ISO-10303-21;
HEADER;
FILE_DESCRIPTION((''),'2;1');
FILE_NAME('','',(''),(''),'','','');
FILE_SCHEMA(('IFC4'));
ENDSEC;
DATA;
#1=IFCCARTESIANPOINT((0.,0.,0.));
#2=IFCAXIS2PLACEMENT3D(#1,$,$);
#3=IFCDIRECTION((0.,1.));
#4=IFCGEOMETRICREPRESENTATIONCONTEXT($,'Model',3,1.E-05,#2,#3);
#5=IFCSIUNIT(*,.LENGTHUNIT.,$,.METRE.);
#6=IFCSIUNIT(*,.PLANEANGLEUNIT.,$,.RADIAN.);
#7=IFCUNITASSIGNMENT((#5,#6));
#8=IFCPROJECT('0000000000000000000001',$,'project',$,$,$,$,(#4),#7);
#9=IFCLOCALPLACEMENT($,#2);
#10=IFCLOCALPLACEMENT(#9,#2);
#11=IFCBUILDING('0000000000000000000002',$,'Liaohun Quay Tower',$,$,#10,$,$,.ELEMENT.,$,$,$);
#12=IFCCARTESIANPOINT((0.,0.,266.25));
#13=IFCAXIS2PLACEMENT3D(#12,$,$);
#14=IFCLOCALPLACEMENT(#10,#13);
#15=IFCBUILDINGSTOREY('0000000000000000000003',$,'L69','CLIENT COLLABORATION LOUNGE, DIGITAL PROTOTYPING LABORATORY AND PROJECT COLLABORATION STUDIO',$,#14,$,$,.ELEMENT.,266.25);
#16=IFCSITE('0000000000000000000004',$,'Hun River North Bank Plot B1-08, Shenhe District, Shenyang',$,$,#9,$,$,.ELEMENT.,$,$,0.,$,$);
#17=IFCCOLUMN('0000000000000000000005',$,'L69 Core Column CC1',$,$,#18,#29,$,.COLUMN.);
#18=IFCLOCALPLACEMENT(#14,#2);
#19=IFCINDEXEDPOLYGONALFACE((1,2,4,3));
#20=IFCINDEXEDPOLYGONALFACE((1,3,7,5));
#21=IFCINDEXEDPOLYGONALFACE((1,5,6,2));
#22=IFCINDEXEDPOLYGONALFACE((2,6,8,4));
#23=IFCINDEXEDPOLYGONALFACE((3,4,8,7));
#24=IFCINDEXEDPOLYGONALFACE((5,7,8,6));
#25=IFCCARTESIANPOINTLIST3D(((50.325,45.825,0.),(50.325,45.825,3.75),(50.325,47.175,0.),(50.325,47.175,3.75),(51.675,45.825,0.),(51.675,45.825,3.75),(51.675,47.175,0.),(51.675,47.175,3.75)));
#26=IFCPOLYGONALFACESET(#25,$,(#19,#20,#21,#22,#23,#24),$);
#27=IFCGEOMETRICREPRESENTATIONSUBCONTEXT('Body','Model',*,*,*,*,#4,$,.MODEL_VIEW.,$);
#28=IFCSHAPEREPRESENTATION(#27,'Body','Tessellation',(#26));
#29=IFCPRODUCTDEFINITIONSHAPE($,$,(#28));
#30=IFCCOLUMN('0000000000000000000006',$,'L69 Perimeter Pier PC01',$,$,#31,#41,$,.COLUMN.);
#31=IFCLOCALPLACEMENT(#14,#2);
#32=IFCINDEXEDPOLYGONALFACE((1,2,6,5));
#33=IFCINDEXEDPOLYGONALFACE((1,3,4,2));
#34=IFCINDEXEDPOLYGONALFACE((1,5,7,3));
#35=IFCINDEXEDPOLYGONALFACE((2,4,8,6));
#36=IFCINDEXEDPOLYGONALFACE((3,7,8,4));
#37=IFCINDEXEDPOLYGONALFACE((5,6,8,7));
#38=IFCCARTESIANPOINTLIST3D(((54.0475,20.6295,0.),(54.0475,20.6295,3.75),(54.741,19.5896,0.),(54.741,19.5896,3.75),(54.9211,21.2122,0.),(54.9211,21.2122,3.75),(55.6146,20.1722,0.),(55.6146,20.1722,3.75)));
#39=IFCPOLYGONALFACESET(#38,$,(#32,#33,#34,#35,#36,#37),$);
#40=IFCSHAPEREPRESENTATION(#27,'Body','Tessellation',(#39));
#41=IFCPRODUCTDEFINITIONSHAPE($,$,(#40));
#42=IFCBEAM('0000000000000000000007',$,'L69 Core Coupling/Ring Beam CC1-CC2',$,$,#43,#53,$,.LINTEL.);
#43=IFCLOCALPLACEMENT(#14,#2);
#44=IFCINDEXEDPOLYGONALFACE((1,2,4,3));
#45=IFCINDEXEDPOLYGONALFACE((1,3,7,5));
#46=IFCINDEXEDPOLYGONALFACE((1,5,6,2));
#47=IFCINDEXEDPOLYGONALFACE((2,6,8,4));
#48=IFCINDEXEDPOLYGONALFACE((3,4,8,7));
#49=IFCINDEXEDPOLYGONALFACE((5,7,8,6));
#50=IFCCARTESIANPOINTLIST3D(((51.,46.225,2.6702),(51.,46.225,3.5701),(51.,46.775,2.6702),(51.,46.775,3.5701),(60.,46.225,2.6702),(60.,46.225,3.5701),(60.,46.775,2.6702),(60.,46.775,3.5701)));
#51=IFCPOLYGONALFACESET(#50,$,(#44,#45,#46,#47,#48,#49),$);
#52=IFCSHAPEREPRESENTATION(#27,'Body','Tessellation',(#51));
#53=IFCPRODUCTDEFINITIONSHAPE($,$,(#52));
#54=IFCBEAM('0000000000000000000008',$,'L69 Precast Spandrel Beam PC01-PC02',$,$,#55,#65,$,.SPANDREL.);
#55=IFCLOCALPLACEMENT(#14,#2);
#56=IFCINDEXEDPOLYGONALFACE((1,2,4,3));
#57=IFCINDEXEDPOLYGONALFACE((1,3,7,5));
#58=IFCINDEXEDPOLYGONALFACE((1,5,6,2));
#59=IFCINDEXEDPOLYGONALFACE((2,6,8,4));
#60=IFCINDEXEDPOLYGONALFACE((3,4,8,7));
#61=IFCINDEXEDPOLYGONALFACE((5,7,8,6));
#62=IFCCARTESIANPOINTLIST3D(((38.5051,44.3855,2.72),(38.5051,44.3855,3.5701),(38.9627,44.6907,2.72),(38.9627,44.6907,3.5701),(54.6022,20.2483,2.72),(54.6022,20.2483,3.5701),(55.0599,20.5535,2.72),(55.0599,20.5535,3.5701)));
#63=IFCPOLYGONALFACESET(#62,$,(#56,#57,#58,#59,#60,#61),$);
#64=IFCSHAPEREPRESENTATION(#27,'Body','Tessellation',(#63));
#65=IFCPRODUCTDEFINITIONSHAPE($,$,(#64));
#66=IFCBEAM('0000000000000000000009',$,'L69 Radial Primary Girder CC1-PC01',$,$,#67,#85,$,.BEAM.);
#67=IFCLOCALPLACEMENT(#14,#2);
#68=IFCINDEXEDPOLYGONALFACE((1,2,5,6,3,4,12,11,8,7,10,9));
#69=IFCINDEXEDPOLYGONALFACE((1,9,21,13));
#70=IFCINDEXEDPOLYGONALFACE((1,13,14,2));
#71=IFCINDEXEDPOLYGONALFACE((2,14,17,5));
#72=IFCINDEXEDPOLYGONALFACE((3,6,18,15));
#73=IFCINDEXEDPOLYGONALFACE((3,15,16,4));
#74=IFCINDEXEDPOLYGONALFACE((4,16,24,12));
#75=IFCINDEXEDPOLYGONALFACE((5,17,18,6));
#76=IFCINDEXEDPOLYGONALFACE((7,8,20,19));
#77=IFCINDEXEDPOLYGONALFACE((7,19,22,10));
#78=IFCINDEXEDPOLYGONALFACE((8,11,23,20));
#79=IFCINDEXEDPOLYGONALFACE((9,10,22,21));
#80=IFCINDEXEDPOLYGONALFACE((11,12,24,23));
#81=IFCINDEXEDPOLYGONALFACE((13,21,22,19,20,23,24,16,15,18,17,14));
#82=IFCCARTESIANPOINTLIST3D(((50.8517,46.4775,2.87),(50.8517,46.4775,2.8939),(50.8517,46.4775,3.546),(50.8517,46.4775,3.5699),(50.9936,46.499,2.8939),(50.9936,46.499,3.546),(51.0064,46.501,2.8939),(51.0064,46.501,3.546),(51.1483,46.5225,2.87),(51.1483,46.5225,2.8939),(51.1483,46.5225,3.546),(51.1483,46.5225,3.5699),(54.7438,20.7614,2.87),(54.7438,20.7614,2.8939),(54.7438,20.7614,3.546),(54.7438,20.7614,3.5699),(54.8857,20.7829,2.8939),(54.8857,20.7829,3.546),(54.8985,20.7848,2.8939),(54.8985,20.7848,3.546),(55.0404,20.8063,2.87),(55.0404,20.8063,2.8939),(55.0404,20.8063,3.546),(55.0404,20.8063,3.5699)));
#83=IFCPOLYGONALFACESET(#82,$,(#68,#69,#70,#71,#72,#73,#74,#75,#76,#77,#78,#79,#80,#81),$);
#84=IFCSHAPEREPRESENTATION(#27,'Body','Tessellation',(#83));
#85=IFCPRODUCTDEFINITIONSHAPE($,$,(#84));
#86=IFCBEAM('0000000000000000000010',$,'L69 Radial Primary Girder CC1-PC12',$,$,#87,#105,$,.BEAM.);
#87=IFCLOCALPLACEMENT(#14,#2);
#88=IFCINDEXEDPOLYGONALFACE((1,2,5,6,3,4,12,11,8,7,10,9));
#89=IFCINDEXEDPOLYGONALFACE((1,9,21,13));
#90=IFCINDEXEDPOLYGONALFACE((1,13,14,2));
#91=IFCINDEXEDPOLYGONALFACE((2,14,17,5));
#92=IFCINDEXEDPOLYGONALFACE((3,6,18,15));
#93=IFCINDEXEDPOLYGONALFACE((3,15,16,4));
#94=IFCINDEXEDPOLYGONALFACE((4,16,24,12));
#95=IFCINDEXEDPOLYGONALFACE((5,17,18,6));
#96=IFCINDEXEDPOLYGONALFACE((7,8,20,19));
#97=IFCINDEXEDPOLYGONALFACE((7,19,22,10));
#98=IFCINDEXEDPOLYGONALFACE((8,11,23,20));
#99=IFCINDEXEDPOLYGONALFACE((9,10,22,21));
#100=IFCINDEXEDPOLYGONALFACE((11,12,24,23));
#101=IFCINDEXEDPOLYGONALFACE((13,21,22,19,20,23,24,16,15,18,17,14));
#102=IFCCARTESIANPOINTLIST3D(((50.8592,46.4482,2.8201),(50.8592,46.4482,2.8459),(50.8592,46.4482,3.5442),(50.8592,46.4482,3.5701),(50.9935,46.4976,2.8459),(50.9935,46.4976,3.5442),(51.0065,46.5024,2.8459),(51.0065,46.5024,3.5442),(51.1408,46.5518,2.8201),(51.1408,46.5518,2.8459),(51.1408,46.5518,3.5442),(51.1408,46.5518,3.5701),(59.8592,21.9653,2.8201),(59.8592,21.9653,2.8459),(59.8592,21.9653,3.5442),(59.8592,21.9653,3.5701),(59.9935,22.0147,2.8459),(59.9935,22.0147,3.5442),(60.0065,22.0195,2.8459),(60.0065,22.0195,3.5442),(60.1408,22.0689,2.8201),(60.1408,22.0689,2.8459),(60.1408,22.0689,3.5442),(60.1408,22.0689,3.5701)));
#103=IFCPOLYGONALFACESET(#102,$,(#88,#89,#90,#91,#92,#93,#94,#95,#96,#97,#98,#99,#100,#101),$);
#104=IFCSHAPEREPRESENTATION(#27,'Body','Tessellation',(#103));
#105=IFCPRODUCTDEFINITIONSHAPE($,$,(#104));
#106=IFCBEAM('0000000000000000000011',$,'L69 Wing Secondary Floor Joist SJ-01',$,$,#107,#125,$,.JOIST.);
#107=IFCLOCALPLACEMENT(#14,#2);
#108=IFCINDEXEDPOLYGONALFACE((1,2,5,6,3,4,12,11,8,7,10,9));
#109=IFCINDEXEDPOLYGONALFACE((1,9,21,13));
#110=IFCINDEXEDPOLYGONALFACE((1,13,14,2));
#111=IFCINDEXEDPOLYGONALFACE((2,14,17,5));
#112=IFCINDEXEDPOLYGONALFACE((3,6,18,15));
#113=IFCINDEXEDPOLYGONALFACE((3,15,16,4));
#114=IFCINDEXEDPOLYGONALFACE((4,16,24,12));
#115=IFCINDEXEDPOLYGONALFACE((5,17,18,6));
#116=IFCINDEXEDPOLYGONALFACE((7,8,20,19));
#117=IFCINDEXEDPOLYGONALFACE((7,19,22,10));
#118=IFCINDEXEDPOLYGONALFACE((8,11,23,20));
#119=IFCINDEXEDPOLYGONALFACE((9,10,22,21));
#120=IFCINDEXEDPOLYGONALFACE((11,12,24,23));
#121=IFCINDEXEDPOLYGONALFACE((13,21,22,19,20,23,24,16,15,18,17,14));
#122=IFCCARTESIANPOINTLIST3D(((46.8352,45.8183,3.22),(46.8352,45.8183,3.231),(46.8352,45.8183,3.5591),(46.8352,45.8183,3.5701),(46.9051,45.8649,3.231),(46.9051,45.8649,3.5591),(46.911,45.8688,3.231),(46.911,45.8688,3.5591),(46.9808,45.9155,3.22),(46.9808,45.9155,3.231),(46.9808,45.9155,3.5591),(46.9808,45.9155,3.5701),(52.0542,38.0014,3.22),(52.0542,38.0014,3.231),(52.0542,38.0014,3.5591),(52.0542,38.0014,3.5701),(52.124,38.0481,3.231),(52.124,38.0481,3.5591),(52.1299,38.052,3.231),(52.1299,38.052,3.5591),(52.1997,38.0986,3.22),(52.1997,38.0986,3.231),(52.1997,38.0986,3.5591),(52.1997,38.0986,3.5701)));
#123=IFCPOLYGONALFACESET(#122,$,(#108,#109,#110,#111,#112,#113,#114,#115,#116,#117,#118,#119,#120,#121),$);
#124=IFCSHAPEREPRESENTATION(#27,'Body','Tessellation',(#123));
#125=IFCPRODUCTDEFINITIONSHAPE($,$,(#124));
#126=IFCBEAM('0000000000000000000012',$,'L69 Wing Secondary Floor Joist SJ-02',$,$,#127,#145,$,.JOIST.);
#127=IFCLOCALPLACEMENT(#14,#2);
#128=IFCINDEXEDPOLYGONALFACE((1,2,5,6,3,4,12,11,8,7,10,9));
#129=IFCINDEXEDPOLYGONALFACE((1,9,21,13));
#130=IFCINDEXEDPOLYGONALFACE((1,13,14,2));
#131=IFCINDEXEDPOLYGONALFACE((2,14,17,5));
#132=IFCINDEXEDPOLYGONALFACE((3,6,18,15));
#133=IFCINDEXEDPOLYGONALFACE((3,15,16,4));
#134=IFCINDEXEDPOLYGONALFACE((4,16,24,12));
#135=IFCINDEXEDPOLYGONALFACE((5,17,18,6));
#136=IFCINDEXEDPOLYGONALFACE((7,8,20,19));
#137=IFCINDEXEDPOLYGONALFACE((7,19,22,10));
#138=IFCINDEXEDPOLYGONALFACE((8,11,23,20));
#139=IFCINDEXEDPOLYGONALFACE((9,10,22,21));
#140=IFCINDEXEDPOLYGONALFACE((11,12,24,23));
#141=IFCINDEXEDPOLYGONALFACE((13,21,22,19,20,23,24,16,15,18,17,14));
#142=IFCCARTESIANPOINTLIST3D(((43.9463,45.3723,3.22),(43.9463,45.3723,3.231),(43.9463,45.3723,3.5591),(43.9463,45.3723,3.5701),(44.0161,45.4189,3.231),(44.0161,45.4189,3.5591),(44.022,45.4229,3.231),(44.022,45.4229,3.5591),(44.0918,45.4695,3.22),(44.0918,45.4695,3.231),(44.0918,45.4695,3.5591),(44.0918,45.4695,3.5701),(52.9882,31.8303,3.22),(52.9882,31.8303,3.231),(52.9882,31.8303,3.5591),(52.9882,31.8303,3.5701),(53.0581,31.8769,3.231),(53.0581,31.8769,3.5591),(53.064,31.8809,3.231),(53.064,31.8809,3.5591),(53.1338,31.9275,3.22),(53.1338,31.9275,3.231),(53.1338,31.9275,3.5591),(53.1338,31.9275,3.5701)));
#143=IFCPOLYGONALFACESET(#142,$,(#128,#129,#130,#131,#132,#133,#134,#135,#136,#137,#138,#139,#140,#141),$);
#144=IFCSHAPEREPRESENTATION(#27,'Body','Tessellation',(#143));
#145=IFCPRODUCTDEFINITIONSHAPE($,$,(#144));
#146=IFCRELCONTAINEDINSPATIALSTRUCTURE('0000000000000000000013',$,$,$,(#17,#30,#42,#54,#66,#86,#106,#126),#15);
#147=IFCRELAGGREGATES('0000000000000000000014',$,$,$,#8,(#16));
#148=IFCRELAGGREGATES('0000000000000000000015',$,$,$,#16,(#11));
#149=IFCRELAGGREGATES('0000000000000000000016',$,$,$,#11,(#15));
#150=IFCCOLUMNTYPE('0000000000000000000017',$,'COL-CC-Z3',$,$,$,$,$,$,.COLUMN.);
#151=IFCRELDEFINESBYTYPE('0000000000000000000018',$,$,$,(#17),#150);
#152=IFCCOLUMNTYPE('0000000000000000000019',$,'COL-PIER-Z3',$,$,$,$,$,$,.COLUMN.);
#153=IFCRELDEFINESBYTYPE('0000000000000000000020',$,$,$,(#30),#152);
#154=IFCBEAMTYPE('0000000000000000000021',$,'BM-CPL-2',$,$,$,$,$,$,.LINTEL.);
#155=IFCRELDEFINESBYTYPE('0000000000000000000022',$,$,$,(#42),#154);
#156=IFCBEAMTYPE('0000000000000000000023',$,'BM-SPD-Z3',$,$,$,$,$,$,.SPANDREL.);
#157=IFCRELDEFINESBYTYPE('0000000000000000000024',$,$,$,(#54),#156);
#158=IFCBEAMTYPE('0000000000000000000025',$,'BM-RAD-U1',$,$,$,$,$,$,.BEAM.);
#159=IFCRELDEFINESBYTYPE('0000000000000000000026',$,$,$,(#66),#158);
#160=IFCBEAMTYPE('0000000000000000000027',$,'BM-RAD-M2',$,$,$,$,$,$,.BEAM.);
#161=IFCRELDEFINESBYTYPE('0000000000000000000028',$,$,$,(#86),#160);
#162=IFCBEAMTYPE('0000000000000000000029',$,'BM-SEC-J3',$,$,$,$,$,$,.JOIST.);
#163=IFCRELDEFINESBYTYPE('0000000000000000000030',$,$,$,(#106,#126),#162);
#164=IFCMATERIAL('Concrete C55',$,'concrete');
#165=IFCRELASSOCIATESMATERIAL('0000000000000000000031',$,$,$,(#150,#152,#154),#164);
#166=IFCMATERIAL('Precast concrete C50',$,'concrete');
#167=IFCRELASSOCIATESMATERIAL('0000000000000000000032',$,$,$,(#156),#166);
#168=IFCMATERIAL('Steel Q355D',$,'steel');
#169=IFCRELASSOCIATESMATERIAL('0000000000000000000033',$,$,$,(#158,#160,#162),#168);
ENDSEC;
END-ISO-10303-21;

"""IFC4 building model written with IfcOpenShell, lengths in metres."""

from ifc_helpers import new_model, si_unit, direction, frame, origin, origin_2d, place, context, subcontext, project, spatial, rectangle, i_section, extrude, source, transform, mapped, material, material_profile, profile_set, type_object, element, save


model = new_model("IFC4")

# Units and contexts
model_context = context("Model", 3, precision=1e-05, world=origin(), true_north=direction((0.0, 1.0)))
body_context = subcontext(model_context, "Body", "Model", "MODEL_VIEW")
ifc_project = project(units=[si_unit("LENGTHUNIT", "METRE"), si_unit("PLANEANGLEUNIT", "RADIAN")], contexts=[model_context])

# Site, building, storey
site_placement = place(None, origin())
site = spatial("IfcSite", under=ifc_project, at=site_placement, Name="Hun River North Bank Plot B1-08, Shenhe District, Shenyang", CompositionType="ELEMENT", RefElevation=0.0)
building_placement = place(site_placement, origin())
building = spatial("IfcBuilding", under=site, at=building_placement, Name="Liaohun Quay Tower", CompositionType="ELEMENT")
storey_placement = place(building_placement, frame((0.0, 0.0, 266.25)))
storey = spatial("IfcBuildingStorey", under=building, at=storey_placement, Name="L69", Description="CLIENT COLLABORATION LOUNGE, DIGITAL PROTOTYPING LABORATORY AND PROJECT COLLABORATION STUDIO", CompositionType="ELEMENT", Elevation=266.25)

# Columns
ifc_material_1 = material(Name="Concrete C55", Category="concrete")
ifc_material_profile_1 = material_profile(ifc_material_1, rectangle(XDim=1.3501, YDim=1.3501, at=origin_2d()), Name="RC1350x1350")
ifc_profile_set_1 = profile_set([ifc_material_profile_1], Name="Concrete C55")
column_type_1 = type_object("IfcColumnType", Name="COL-CC-Z3", PredefinedType="COLUMN", material=ifc_profile_set_1)
shared_shape_1 = source(origin(), body_context, "Body", "SweptSolid", [
    extrude(rectangle(XDim=1.3501, YDim=1.3501, at=origin_2d()), origin(), (0.0, 0.0, 1.0), 3.75),
])
column_1_placement = place(storey_placement, frame((51.0, 46.5, 0.0), z_axis=(0.0, 0.0, 1.0), x_axis=(1.0, 0.0, 0.0)))
element("IfcColumn", 1, at=column_1_placement, inside=storey, type_object=column_type_1, Name="L69 Core Column CC1", PredefinedType="COLUMN", context=body_context, shape_type="MappedRepresentation", body=[
    mapped(shared_shape_1, transform((0.0, 0.0, 0.0), x_axis=(1.0, 0.0, 0.0), y_axis=(0.0, 1.0, 0.0), z_axis=(0.0, 0.0, 1.0), scale=1.0)),
])
ifc_material_profile_2 = material_profile(ifc_material_1, rectangle(XDim=1.25, YDim=1.05, at=origin_2d()), Name="RC1250x1050")
ifc_profile_set_2 = profile_set([ifc_material_profile_2], Name="Concrete C55")
column_type_2 = type_object("IfcColumnType", Name="COL-PIER-Z3", PredefinedType="COLUMN", material=ifc_profile_set_2)
shared_shape_2 = source(origin(), body_context, "Body", "SweptSolid", [
    extrude(rectangle(XDim=1.25, YDim=1.05, at=origin_2d()), origin(), (0.0, 0.0, 1.0), 3.75),
])
column_2_placement = place(storey_placement, frame((54.8311, 20.4009, 0.0), z_axis=(0.0, 0.0, 1.0), x_axis=(-0.554844, 0.831954, 0.0)))
element("IfcColumn", 2, at=column_2_placement, inside=storey, type_object=column_type_2, Name="L69 Perimeter Pier PC01", PredefinedType="COLUMN", context=body_context, shape_type="MappedRepresentation", body=[
    mapped(shared_shape_2, transform((0.0, 0.0, 0.0), x_axis=(1.0, 0.0, 0.0), y_axis=(0.0, 1.0, 0.0), z_axis=(0.0, 0.0, 1.0), scale=1.0)),
])

# Beams
ifc_material_profile_3 = material_profile(ifc_material_1, rectangle(XDim=0.55, YDim=0.8999, at=origin_2d()), Name="RC550x900")
ifc_profile_set_3 = profile_set([ifc_material_profile_3], Name="Concrete C55")
beam_type_1 = type_object("IfcBeamType", Name="BM-CPL-2", PredefinedType="LINTEL", material=ifc_profile_set_3)
shared_shape_3 = source(origin(), body_context, "Body", "SweptSolid", [
    extrude(rectangle(XDim=0.55, YDim=0.8999, at=origin_2d()), origin(), (0.0, 0.0, 1.0), 9.0),
])
beam_1_placement = place(storey_placement, frame((51.0, 46.5, 3.1201), z_axis=(1.0, 0.0, 0.0), x_axis=(0.0, 1.0, 0.0)))
element("IfcBeam", 3, at=beam_1_placement, inside=storey, type_object=beam_type_1, Name="L69 Core Coupling/Ring Beam CC1-CC2", PredefinedType="LINTEL", context=body_context, shape_type="MappedRepresentation", body=[
    mapped(shared_shape_3, transform((0.0, 0.0, 0.0), x_axis=(1.0, 0.0, 0.0), y_axis=(0.0, 1.0, 0.0), z_axis=(0.0, 0.0, 1.0), scale=1.0)),
])
ifc_material_2 = material(Name="Precast concrete C50", Category="concrete")
ifc_material_profile_4 = material_profile(ifc_material_2, rectangle(XDim=0.55, YDim=0.8501, at=origin_2d()), Name="RC550x850")
ifc_profile_set_4 = profile_set([ifc_material_profile_4], Name="Precast concrete C50")
beam_type_2 = type_object("IfcBeamType", Name="BM-SPD-Z3", PredefinedType="SPANDREL", material=ifc_profile_set_4)
shared_shape_4 = source(origin(), body_context, "Body", "SweptSolid", [
    extrude(rectangle(XDim=0.55, YDim=0.8501, at=origin_2d()), origin(), (0.0, 0.0, 1.0), 29.0125),
])
beam_2_placement = place(storey_placement, frame((54.8311, 20.4009, 3.145), z_axis=(-0.554836, 0.83196, 0.0), x_axis=(-0.83196, -0.554836, 0.0)))
element("IfcBeam", 4, at=beam_2_placement, inside=storey, type_object=beam_type_2, Name="L69 Precast Spandrel Beam PC01-PC02", PredefinedType="SPANDREL", context=body_context, shape_type="MappedRepresentation", body=[
    mapped(shared_shape_4, transform((0.0, 0.0, 0.0), x_axis=(1.0, 0.0, 0.0), y_axis=(0.0, 1.0, 0.0), z_axis=(0.0, 0.0, 1.0), scale=1.0)),
])
ifc_material_3 = material(Name="Steel Q355D", Category="steel")
ifc_material_profile_5 = material_profile(ifc_material_3, i_section(OverallWidth=0.3, OverallDepth=0.7, WebThickness=0.0129, FlangeThickness=0.0239, at=origin_2d()), Name="HN700x300x13x24")
ifc_profile_set_5 = profile_set([ifc_material_profile_5], Name="Steel Q355D")
beam_type_3 = type_object("IfcBeamType", Name="BM-RAD-U1", PredefinedType="BEAM", material=ifc_profile_set_5)
shared_shape_5 = source(origin(), body_context, "Body", "SweptSolid", [
    extrude(i_section(OverallWidth=0.3, OverallDepth=0.7, WebThickness=0.0129, FlangeThickness=0.0239, at=origin_2d()), origin(), (0.0, 0.0, 1.0), 26.009),
])
beam_3_placement = place(storey_placement, frame((51.0, 46.5, 3.22), z_axis=(0.149644, -0.98874, 0.0), x_axis=(0.98874, 0.149644, 0.0)))
element("IfcBeam", 5, at=beam_3_placement, inside=storey, type_object=beam_type_3, Name="L69 Radial Primary Girder CC1-PC01", PredefinedType="BEAM", context=body_context, shape_type="MappedRepresentation", body=[
    mapped(shared_shape_5, transform((0.0, 0.0, 0.0), x_axis=(1.0, 0.0, 0.0), y_axis=(0.0, 1.0, 0.0), z_axis=(0.0, 0.0, 1.0), scale=1.0)),
])
ifc_material_profile_6 = material_profile(ifc_material_3, i_section(OverallWidth=0.3, OverallDepth=0.75, WebThickness=0.0139, FlangeThickness=0.0259, at=origin_2d()), Name="HN750x300x14x26")
ifc_profile_set_6 = profile_set([ifc_material_profile_6], Name="Steel Q355D")
beam_type_4 = type_object("IfcBeamType", Name="BM-RAD-M2", PredefinedType="BEAM", material=ifc_profile_set_6)
shared_shape_6 = source(origin(), body_context, "Body", "SweptSolid", [
    extrude(i_section(OverallWidth=0.3, OverallDepth=0.75, WebThickness=0.0139, FlangeThickness=0.0259, at=origin_2d()), origin(), (0.0, 0.0, 1.0), 26.0847),
])
beam_4_placement = place(storey_placement, frame((51.0, 46.5, 3.1951), z_axis=(0.34503, -0.938592, 0.0), x_axis=(0.938592, 0.34503, 0.0)))
element("IfcBeam", 6, at=beam_4_placement, inside=storey, type_object=beam_type_4, Name="L69 Radial Primary Girder CC1-PC12", PredefinedType="BEAM", context=body_context, shape_type="MappedRepresentation", body=[
    mapped(shared_shape_6, transform((0.0, 0.0, 0.0), x_axis=(1.0, 0.0, 0.0), y_axis=(0.0, 1.0, 0.0), z_axis=(0.0, 0.0, 1.0), scale=1.0)),
])
ifc_material_profile_7 = material_profile(ifc_material_3, i_section(OverallWidth=0.175, OverallDepth=0.3501, WebThickness=0.0071, FlangeThickness=0.011, at=origin_2d()), Name="HN350x175x7x11")
ifc_profile_set_7 = profile_set([ifc_material_profile_7], Name="Steel Q355D")
beam_type_5 = type_object("IfcBeamType", Name="BM-SEC-J3", PredefinedType="JOIST", material=ifc_profile_set_7)
shared_shape_7 = source(origin(), body_context, "Body", "SweptSolid", [
    extrude(i_section(OverallWidth=0.175, OverallDepth=0.3501, WebThickness=0.0071, FlangeThickness=0.011, at=origin_2d()), origin(), (0.0, 0.0, 1.0), 9.3989),
])
beam_5_placement = place(storey_placement, frame((52.127, 38.05, 3.395), z_axis=(-0.55527, 0.83167, 0.0), x_axis=(-0.83167, -0.55527, 0.0)))
element("IfcBeam", 7, at=beam_5_placement, inside=storey, type_object=beam_type_5, Name="L69 Wing Secondary Floor Joist SJ-01", PredefinedType="JOIST", context=body_context, shape_type="MappedRepresentation", body=[
    mapped(shared_shape_7, transform((0.0, 0.0, 0.0), x_axis=(1.0, 0.0, 0.0), y_axis=(0.0, 1.0, 0.0), z_axis=(0.0, 0.0, 1.0), scale=1.0)),
])
shared_shape_8 = source(origin(), body_context, "Body", "SweptSolid", [
    extrude(i_section(OverallWidth=0.175, OverallDepth=0.3501, WebThickness=0.0071, FlangeThickness=0.011, at=origin_2d()), origin(), (0.0, 0.0, 1.0), 16.2832),
])
beam_6_placement = place(storey_placement, frame((53.061, 31.8789, 3.395), z_axis=(-0.555295, 0.831653, 0.0), x_axis=(-0.831653, -0.555295, 0.0)))
element("IfcBeam", 8, at=beam_6_placement, inside=storey, type_object=beam_type_5, Name="L69 Wing Secondary Floor Joist SJ-02", PredefinedType="JOIST", context=body_context, shape_type="MappedRepresentation", body=[
    mapped(shared_shape_8, transform((0.0, 0.0, 0.0), x_axis=(1.0, 0.0, 0.0), y_axis=(0.0, 1.0, 0.0), z_axis=(0.0, 0.0, 1.0), scale=1.0)),
])

save(model, "model.ifc")
